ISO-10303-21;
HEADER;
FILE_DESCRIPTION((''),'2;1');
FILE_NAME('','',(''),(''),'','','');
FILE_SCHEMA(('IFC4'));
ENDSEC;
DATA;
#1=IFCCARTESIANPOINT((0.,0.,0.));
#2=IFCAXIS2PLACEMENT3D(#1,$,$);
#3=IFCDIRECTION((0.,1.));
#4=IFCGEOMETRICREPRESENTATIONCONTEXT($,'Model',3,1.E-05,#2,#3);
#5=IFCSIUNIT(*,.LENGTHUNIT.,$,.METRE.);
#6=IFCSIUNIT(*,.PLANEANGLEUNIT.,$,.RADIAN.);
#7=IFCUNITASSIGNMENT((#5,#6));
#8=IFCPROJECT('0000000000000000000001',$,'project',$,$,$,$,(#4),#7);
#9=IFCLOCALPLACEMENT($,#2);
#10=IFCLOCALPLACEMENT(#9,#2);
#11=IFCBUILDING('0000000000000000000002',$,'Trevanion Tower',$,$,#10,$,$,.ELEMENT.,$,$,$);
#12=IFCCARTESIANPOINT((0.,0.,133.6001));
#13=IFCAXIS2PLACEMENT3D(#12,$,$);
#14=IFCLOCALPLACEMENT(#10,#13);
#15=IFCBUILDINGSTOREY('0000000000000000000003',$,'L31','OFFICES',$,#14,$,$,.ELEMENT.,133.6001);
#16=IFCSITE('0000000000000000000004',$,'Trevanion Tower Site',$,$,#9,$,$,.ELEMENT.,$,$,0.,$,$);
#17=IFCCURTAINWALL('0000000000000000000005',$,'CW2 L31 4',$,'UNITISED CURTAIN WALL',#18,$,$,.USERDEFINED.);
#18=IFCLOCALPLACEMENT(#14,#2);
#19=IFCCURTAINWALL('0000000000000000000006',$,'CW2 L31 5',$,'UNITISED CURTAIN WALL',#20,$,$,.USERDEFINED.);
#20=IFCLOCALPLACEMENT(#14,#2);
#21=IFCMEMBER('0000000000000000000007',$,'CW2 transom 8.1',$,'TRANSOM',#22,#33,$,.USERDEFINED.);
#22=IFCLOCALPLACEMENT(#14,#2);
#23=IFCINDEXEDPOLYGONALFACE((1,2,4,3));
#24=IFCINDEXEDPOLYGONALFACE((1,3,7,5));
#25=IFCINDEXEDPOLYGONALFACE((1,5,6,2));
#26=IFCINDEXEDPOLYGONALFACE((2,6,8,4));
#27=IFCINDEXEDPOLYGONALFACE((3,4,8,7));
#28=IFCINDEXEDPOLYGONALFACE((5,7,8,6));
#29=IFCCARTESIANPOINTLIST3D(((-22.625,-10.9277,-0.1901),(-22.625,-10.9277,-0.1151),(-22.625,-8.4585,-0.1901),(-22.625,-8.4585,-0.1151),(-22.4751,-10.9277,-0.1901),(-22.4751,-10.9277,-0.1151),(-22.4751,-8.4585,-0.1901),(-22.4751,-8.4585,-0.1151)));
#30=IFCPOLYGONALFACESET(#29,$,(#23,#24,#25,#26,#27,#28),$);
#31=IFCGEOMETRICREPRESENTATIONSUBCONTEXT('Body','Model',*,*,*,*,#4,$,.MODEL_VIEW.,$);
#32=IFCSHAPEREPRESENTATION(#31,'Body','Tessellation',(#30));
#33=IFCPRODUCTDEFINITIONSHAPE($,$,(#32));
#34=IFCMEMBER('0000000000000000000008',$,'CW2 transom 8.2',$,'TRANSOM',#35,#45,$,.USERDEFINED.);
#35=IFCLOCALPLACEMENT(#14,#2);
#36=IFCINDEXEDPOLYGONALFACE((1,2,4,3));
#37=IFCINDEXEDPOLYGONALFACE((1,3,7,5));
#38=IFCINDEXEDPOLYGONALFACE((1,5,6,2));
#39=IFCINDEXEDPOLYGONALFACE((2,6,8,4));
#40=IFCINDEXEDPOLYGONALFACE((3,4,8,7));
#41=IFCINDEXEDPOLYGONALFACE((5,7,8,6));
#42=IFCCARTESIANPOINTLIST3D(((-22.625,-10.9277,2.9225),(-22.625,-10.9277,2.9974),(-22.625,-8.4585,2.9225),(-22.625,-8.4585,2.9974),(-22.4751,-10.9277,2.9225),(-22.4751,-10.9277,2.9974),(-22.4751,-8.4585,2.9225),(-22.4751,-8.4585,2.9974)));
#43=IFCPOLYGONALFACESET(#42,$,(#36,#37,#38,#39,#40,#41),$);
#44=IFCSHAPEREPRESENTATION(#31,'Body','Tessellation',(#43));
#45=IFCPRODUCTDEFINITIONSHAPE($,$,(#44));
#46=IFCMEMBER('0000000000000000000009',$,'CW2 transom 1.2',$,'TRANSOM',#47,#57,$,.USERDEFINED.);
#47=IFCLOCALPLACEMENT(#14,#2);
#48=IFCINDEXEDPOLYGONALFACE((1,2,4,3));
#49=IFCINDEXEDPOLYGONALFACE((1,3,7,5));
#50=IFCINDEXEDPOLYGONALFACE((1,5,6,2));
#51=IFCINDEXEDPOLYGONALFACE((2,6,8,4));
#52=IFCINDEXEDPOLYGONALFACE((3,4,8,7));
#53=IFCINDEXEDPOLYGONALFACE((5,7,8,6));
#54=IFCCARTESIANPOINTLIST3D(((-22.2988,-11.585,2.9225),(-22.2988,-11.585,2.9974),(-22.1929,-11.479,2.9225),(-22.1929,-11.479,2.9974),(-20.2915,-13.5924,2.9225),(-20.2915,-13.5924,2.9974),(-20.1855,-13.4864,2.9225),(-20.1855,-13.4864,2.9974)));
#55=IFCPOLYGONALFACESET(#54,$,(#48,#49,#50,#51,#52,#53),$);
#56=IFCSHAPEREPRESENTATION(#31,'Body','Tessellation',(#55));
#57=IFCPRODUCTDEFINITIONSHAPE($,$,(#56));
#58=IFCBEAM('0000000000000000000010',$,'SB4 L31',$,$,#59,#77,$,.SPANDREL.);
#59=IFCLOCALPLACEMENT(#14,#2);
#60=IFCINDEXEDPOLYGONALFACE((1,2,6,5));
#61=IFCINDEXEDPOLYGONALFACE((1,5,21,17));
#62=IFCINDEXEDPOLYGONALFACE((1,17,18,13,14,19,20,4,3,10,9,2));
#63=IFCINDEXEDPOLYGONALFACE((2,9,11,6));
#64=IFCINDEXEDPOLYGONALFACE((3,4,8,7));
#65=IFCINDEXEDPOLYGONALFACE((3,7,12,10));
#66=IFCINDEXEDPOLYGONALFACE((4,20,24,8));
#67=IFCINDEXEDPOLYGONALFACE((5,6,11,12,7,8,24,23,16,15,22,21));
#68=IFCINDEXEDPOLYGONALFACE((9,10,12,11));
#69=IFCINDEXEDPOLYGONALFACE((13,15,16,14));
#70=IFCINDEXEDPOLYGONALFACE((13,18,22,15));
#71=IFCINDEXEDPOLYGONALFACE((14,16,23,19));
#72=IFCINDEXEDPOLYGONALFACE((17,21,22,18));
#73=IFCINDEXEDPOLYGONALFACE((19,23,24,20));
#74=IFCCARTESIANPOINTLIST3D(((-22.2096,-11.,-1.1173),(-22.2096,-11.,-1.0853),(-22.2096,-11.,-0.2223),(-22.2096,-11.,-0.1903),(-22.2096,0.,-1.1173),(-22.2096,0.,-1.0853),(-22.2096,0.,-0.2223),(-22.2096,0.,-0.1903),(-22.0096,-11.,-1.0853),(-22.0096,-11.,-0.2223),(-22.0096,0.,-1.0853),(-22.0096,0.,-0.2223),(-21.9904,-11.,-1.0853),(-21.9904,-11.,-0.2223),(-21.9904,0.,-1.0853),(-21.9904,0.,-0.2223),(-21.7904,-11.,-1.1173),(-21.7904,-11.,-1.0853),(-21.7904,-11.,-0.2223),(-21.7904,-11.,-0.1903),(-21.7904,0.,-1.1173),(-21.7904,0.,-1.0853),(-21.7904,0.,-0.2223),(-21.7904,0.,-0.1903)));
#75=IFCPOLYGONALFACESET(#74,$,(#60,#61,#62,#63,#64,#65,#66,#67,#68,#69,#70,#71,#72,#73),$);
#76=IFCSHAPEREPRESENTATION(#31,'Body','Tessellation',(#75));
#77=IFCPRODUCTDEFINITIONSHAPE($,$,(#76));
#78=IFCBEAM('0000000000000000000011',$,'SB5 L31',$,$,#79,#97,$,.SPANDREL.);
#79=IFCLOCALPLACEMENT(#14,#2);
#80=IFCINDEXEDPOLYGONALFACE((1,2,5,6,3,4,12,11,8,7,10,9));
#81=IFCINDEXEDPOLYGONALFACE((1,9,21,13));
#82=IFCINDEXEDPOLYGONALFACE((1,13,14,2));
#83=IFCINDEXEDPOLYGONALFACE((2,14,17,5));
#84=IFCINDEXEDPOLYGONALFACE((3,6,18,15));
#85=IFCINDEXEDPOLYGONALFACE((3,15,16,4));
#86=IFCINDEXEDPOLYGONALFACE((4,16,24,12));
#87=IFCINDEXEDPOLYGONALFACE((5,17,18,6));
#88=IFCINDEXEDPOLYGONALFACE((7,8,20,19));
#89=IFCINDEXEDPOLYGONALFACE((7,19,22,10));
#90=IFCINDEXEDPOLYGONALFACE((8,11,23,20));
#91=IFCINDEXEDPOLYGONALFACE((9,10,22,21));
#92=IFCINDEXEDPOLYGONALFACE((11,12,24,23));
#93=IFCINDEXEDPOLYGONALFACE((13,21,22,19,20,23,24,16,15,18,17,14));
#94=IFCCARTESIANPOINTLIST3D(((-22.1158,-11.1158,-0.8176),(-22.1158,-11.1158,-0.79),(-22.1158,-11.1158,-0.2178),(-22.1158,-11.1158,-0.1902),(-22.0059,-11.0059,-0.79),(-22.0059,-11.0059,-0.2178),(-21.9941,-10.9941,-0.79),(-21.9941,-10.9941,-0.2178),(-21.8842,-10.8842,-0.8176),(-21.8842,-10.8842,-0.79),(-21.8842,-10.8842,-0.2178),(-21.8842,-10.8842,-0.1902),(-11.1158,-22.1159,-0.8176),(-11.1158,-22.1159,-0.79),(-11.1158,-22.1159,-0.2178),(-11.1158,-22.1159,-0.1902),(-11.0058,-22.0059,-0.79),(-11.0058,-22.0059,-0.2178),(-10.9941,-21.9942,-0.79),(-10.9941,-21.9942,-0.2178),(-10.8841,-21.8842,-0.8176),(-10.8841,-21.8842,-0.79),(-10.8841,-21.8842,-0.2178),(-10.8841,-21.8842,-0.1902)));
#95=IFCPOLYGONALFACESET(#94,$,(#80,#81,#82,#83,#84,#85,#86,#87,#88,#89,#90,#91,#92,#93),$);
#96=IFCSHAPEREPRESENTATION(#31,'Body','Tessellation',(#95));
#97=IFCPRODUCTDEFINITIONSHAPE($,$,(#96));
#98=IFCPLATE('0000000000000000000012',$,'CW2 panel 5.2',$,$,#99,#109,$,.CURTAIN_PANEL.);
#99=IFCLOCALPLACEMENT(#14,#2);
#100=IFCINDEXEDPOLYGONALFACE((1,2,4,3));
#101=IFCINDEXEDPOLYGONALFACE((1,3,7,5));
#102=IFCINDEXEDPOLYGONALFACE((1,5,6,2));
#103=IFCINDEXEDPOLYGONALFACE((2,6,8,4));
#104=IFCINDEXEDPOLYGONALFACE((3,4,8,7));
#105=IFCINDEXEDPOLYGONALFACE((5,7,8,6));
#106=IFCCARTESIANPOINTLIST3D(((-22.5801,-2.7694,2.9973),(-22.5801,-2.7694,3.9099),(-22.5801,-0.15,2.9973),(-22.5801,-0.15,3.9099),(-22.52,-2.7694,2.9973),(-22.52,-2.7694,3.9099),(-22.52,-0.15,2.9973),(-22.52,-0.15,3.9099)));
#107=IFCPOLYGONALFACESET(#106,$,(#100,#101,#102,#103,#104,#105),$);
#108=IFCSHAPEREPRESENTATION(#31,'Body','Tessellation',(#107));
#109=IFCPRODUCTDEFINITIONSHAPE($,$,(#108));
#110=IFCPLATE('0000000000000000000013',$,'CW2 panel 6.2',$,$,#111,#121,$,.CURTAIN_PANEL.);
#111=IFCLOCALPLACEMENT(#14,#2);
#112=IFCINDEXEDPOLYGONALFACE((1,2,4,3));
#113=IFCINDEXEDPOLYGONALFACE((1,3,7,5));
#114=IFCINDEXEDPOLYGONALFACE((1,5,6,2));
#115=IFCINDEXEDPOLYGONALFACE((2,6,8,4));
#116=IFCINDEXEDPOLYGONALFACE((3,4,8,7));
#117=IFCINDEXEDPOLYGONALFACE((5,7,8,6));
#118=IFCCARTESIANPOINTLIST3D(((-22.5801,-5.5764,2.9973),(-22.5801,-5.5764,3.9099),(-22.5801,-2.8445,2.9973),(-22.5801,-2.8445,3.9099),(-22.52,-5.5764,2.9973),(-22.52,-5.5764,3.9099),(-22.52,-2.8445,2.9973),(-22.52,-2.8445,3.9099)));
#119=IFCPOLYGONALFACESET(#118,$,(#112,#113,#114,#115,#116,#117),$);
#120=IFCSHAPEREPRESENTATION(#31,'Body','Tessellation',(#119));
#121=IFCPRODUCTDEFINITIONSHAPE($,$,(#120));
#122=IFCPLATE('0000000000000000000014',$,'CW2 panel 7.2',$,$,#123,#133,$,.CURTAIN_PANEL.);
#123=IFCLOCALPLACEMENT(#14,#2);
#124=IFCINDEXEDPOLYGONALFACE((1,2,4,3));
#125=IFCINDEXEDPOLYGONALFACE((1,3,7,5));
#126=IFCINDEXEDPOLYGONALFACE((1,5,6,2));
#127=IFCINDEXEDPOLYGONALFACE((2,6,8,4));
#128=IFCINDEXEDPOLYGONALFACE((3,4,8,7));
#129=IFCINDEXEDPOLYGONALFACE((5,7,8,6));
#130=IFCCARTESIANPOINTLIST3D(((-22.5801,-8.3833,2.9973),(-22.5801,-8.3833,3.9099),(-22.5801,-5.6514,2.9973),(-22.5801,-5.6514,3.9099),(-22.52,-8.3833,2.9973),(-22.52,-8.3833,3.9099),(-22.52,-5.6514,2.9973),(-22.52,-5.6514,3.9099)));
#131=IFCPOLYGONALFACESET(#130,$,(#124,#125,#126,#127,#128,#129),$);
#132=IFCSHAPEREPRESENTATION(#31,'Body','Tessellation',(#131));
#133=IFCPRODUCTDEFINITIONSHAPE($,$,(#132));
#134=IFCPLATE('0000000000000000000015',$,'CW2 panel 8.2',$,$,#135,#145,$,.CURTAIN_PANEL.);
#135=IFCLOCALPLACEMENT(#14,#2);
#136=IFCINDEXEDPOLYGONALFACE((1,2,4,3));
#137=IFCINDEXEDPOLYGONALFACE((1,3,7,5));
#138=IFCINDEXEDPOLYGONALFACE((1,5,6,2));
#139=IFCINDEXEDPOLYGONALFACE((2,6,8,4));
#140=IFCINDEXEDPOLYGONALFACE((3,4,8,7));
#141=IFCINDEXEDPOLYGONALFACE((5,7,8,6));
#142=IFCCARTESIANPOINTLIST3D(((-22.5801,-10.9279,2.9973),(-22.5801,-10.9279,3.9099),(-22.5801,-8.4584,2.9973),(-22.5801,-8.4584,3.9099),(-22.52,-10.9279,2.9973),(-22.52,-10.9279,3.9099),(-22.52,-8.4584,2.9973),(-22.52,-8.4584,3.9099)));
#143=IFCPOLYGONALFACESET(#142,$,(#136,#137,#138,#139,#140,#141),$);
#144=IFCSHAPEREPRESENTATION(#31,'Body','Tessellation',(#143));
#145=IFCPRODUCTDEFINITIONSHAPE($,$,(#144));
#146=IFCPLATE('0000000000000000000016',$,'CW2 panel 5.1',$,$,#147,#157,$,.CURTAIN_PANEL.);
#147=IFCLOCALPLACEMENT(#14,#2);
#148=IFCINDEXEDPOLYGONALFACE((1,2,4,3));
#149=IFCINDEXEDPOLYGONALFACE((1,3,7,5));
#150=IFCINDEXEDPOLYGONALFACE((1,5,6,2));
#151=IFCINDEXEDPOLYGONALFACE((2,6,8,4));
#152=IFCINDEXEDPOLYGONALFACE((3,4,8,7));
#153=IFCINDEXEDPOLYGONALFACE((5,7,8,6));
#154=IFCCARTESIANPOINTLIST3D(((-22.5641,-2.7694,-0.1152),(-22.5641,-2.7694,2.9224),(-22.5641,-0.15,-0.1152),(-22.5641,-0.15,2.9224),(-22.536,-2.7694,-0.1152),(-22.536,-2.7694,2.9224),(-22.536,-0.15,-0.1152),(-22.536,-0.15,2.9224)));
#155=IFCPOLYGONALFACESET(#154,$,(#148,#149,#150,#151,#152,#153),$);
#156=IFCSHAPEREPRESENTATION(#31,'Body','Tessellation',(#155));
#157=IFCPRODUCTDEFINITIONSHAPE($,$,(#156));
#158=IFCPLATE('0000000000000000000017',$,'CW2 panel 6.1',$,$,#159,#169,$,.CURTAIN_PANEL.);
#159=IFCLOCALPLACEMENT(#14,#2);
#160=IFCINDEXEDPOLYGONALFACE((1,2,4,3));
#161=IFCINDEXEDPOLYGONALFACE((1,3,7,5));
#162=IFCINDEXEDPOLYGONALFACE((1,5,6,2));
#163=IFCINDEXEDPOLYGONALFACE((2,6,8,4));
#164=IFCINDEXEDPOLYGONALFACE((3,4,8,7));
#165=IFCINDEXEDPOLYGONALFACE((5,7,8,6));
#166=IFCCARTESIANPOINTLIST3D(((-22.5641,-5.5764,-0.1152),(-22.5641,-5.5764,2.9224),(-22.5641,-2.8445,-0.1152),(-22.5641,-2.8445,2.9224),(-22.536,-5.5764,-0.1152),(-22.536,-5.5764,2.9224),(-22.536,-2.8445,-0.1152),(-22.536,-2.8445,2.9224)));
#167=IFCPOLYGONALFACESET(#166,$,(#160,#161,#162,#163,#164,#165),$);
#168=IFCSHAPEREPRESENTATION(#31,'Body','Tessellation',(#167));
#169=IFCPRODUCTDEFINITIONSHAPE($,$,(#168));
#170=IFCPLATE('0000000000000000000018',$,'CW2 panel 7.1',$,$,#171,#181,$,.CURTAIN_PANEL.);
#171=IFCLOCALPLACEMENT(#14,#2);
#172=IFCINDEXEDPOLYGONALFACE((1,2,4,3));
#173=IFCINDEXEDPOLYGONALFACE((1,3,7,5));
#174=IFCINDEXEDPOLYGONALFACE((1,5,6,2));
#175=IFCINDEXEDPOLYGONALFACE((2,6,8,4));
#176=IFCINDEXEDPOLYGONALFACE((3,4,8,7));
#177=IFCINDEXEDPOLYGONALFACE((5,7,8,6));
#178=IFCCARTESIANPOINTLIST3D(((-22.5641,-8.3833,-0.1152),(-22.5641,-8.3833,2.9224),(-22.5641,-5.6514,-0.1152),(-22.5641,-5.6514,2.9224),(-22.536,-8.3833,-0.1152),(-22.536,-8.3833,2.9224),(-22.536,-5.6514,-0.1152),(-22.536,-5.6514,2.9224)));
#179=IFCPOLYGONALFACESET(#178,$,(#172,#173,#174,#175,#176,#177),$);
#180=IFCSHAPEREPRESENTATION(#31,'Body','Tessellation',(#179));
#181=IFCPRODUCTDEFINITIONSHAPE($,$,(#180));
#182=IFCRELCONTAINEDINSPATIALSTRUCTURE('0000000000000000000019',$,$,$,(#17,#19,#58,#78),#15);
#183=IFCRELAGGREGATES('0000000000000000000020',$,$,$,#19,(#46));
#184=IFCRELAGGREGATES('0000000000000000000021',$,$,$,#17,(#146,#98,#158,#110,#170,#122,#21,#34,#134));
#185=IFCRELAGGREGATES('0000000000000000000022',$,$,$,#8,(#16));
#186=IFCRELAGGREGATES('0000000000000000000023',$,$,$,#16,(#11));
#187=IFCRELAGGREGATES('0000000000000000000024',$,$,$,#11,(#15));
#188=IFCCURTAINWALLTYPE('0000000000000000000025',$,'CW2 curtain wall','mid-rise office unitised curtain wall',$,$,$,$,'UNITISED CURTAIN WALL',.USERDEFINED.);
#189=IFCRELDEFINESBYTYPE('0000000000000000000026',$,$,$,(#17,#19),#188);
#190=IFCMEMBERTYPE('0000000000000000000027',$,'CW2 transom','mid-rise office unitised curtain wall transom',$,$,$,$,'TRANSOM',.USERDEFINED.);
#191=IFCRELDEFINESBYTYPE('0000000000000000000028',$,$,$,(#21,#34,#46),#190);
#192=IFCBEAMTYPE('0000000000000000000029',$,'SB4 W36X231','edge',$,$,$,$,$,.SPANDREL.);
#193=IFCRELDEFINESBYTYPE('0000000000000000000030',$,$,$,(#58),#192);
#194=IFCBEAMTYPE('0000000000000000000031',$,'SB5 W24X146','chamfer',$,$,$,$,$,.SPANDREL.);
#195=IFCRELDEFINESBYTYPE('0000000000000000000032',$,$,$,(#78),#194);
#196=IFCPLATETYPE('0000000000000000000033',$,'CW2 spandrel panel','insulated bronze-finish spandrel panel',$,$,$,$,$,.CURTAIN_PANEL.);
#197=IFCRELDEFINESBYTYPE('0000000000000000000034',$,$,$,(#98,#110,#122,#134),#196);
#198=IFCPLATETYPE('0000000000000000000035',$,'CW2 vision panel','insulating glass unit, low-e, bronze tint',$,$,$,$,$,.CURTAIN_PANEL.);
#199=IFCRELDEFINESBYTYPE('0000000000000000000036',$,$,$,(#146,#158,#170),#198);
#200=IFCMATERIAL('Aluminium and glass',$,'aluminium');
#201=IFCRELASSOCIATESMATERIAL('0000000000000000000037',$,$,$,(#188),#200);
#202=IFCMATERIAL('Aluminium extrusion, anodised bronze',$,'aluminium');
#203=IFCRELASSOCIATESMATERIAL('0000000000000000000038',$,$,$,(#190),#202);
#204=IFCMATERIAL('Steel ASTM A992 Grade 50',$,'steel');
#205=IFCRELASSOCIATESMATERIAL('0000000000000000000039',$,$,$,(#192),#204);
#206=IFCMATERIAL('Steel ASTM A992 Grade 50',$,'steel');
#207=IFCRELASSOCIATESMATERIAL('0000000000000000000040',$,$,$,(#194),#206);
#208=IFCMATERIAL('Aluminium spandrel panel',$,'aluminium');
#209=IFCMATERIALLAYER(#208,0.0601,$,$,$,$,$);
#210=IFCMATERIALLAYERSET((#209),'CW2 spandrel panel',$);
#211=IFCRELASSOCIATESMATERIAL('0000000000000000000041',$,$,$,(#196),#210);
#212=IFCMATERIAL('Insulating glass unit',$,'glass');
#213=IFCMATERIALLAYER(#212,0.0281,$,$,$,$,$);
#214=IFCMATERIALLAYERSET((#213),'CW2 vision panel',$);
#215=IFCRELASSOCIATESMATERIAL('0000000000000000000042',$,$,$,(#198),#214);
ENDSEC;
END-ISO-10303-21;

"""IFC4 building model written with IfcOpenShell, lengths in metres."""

from ifc_helpers import new_model, si_unit, direction, frame, origin, origin_2d, place, context, subcontext, project, spatial, rectangle, i_section, extrude, material, layer, layer_set, material_profile, profile_set, type_object, element, aggregate, save


model = new_model("IFC4")

# Units and contexts
model_context = context("Model", 3, precision=1e-05, world=origin(), true_north=direction((0.0, 1.0)))
body_context = subcontext(model_context, "Body", "Model", "MODEL_VIEW")
ifc_project = project(units=[si_unit("LENGTHUNIT", "METRE"), si_unit("PLANEANGLEUNIT", "RADIAN")], contexts=[model_context])

# Site, building, storey
site_placement = place(None, origin())
site = spatial("IfcSite", under=ifc_project, at=site_placement, Name="Trevanion Tower Site", CompositionType="ELEMENT", RefElevation=0.0)
building_placement = place(site_placement, origin())
building = spatial("IfcBuilding", under=site, at=building_placement, Name="Trevanion Tower", CompositionType="ELEMENT")
storey_placement = place(building_placement, frame((0.0, 0.0, 133.6001)))
storey = spatial("IfcBuildingStorey", under=building, at=storey_placement, Name="L31", Description="OFFICES", CompositionType="ELEMENT", Elevation=133.6001)

# Curtain wall
ifc_material_1 = material(Name="Aluminium and glass", Category="aluminium")
curtain_wall_type = type_object("IfcCurtainWallType", Name="CW2 curtain wall", Description="mid-rise office unitised curtain wall", ElementType="UNITISED CURTAIN WALL", PredefinedType="USERDEFINED", material=ifc_material_1)
curtain_wall_1_placement = place(storey_placement, origin())
curtain_wall_1 = element("IfcCurtainWall", 1, at=curtain_wall_1_placement, inside=storey, type_object=curtain_wall_type, Name="CW2 L31 4", ObjectType="UNITISED CURTAIN WALL", PredefinedType="USERDEFINED")

# Curtain wall
curtain_wall_2_placement = place(storey_placement, origin())
curtain_wall_2 = element("IfcCurtainWall", 2, at=curtain_wall_2_placement, inside=storey, type_object=curtain_wall_type, Name="CW2 L31 5", ObjectType="UNITISED CURTAIN WALL", PredefinedType="USERDEFINED")

# Members
ifc_material_2 = material(Name="Aluminium extrusion, anodised bronze", Category="aluminium")
ifc_material_profile_1 = material_profile(ifc_material_2, rectangle(XDim=0.1499, YDim=0.075, at=origin_2d()), Name="CW2 transom")
ifc_profile_set_1 = profile_set([ifc_material_profile_1], Name="Aluminium extrusion, anodised bronze")
member_type_1 = type_object("IfcMemberType", Name="CW2 transom", Description="mid-rise office unitised curtain wall transom", ElementType="TRANSOM", PredefinedType="USERDEFINED", material=ifc_profile_set_1)
member_1_placement = place(storey_placement, frame((-22.55, -8.4585, -0.1526), z_axis=(0.0, -1.0, 0.0), x_axis=(1.0, 0.0, 0.0)))
member_1 = element("IfcMember", 3, at=member_1_placement, type_object=member_type_1, Name="CW2 transom 8.1", ObjectType="TRANSOM", PredefinedType="USERDEFINED", context=body_context, shape_type="SweptSolid", body=[
    extrude(rectangle(XDim=0.1499, YDim=0.075, at=origin_2d()), origin(), (0.0, 0.0, 1.0), 2.4692),
])
member_2_placement = place(storey_placement, frame((-22.55, -8.4585, 2.96), z_axis=(0.0, -1.0, 0.0), x_axis=(1.0, 0.0, 0.0)))
member_2 = element("IfcMember", 4, at=member_2_placement, type_object=member_type_1, Name="CW2 transom 8.2", ObjectType="TRANSOM", PredefinedType="USERDEFINED", context=body_context, shape_type="SweptSolid", body=[
    extrude(rectangle(XDim=0.1499, YDim=0.075, at=origin_2d()), origin(), (0.0, 0.0, 1.0), 2.4692),
])
member_3_placement = place(storey_placement, frame((-22.2458, -11.532, 2.96), z_axis=(0.707107, -0.707107, 0.0), x_axis=(0.707107, 0.707107, 0.0)))
member_3 = element("IfcMember", 5, at=member_3_placement, type_object=member_type_1, Name="CW2 transom 1.2", ObjectType="TRANSOM", PredefinedType="USERDEFINED", context=body_context, shape_type="SweptSolid", body=[
    extrude(rectangle(XDim=0.1499, YDim=0.075, at=origin_2d()), origin(), (0.0, 0.0, 1.0), 2.8389),
])
aggregate(curtain_wall_2, [member_3])

# Beams
ifc_material_3 = material(Name="Steel ASTM A992 Grade 50", Category="steel")
ifc_material_profile_2 = material_profile(ifc_material_3, i_section(OverallWidth=0.4192, OverallDepth=0.927, WebThickness=0.0193, FlangeThickness=0.032, at=origin_2d()), Name="W36X231")
ifc_profile_set_2 = profile_set([ifc_material_profile_2], Name="Steel ASTM A992 Grade 50")
beam_type_1 = type_object("IfcBeamType", Name="SB4 W36X231", Description="edge", PredefinedType="SPANDREL", material=ifc_profile_set_2)
beam_1_placement = place(storey_placement, frame((-22.0, 0.0, -0.6538), z_axis=(0.0, -1.0, 0.0), x_axis=(1.0, 0.0, 0.0)))
element("IfcBeam", 6, at=beam_1_placement, inside=storey, type_object=beam_type_1, Name="SB4 L31", PredefinedType="SPANDREL", context=body_context, shape_type="SweptSolid", body=[
    extrude(i_section(OverallWidth=0.4192, OverallDepth=0.927, WebThickness=0.0193, FlangeThickness=0.032, at=origin_2d()), origin(), (0.0, 0.0, 1.0), 11.0),
])
ifc_material_4 = material(Name="Steel ASTM A992 Grade 50", Category="steel")
ifc_material_profile_3 = material_profile(ifc_material_4, i_section(OverallWidth=0.3276, OverallDepth=0.6274, WebThickness=0.0166, FlangeThickness=0.0276, at=origin_2d()), Name="W24X146")
ifc_profile_set_3 = profile_set([ifc_material_profile_3], Name="Steel ASTM A992 Grade 50")
beam_type_2 = type_object("IfcBeamType", Name="SB5 W24X146", Description="chamfer", PredefinedType="SPANDREL", material=ifc_profile_set_3)
beam_2_placement = place(storey_placement, frame((-22.0, -11.0, -0.5039), z_axis=(0.707107, -0.707107, 0.0), x_axis=(0.707107, 0.707107, 0.0)))
element("IfcBeam", 7, at=beam_2_placement, inside=storey, type_object=beam_type_2, Name="SB5 L31", PredefinedType="SPANDREL", context=body_context, shape_type="SweptSolid", body=[
    extrude(i_section(OverallWidth=0.3276, OverallDepth=0.6274, WebThickness=0.0166, FlangeThickness=0.0276, at=origin_2d()), origin(), (0.0, 0.0, 1.0), 15.5564),
])

# Plates
ifc_material_5 = material(Name="Aluminium spandrel panel", Category="aluminium")
ifc_layer_1 = layer(ifc_material_5, 0.0601)
ifc_layer_set_1 = layer_set([ifc_layer_1], Name="CW2 spandrel panel")
plate_type_1 = type_object("IfcPlateType", Name="CW2 spandrel panel", Description="insulated bronze-finish spandrel panel", PredefinedType="CURTAIN_PANEL", material=ifc_layer_set_1)
plate_1_placement = place(storey_placement, frame((-22.55, -1.4597, 2.9973), z_axis=(0.0, 0.0, 1.0), x_axis=(0.0, -1.0, 0.0)))
plate_1 = element("IfcPlate", 8, at=plate_1_placement, type_object=plate_type_1, Name="CW2 panel 5.2", PredefinedType="CURTAIN_PANEL", context=body_context, shape_type="SweptSolid", body=[
    extrude(rectangle(XDim=2.6194, YDim=0.0601, at=origin_2d()), origin(), (0.0, 0.0, 1.0), 0.9126),
])
plate_2_placement = place(storey_placement, frame((-22.55, -4.2104, 2.9973), z_axis=(0.0, 0.0, 1.0), x_axis=(0.0, -1.0, 0.0)))
plate_2 = element("IfcPlate", 9, at=plate_2_placement, type_object=plate_type_1, Name="CW2 panel 6.2", PredefinedType="CURTAIN_PANEL", context=body_context, shape_type="SweptSolid", body=[
    extrude(rectangle(XDim=2.7319, YDim=0.0601, at=origin_2d()), origin(), (0.0, 0.0, 1.0), 0.9126),
])
plate_3_placement = place(storey_placement, frame((-22.55, -7.0173, 2.9973), z_axis=(0.0, 0.0, 1.0), x_axis=(0.0, -1.0, 0.0)))
plate_3 = element("IfcPlate", 10, at=plate_3_placement, type_object=plate_type_1, Name="CW2 panel 7.2", PredefinedType="CURTAIN_PANEL", context=body_context, shape_type="SweptSolid", body=[
    extrude(rectangle(XDim=2.7319, YDim=0.0601, at=origin_2d()), origin(), (0.0, 0.0, 1.0), 0.9126),
])
plate_4_placement = place(storey_placement, frame((-22.55, -9.6931, 2.9973), z_axis=(0.0, 0.0, 1.0), x_axis=(0.0, -1.0, 0.0)))
plate_4 = element("IfcPlate", 11, at=plate_4_placement, type_object=plate_type_1, Name="CW2 panel 8.2", PredefinedType="CURTAIN_PANEL", context=body_context, shape_type="SweptSolid", body=[
    extrude(rectangle(XDim=2.4695, YDim=0.0601, at=origin_2d()), origin(), (0.0, 0.0, 1.0), 0.9126),
])
ifc_material_6 = material(Name="Insulating glass unit", Category="glass")
ifc_layer_2 = layer(ifc_material_6, 0.0281)
ifc_layer_set_2 = layer_set([ifc_layer_2], Name="CW2 vision panel")
plate_type_2 = type_object("IfcPlateType", Name="CW2 vision panel", Description="insulating glass unit, low-e, bronze tint", PredefinedType="CURTAIN_PANEL", material=ifc_layer_set_2)
plate_5_placement = place(storey_placement, frame((-22.55, -1.4597, -0.1152), z_axis=(0.0, 0.0, 1.0), x_axis=(0.0, -1.0, 0.0)))
plate_5 = element("IfcPlate", 12, at=plate_5_placement, type_object=plate_type_2, Name="CW2 panel 5.1", PredefinedType="CURTAIN_PANEL", context=body_context, shape_type="SweptSolid", body=[
    extrude(rectangle(XDim=2.6194, YDim=0.0281, at=origin_2d()), origin(), (0.0, 0.0, 1.0), 3.0376),
])
plate_6_placement = place(storey_placement, frame((-22.55, -4.2104, -0.1152), z_axis=(0.0, 0.0, 1.0), x_axis=(0.0, -1.0, 0.0)))
plate_6 = element("IfcPlate", 13, at=plate_6_placement, type_object=plate_type_2, Name="CW2 panel 6.1", PredefinedType="CURTAIN_PANEL", context=body_context, shape_type="SweptSolid", body=[
    extrude(rectangle(XDim=2.7319, YDim=0.0281, at=origin_2d()), origin(), (0.0, 0.0, 1.0), 3.0376),
])
plate_7_placement = place(storey_placement, frame((-22.55, -7.0173, -0.1152), z_axis=(0.0, 0.0, 1.0), x_axis=(0.0, -1.0, 0.0)))
plate_7 = element("IfcPlate", 14, at=plate_7_placement, type_object=plate_type_2, Name="CW2 panel 7.1", PredefinedType="CURTAIN_PANEL", context=body_context, shape_type="SweptSolid", body=[
    extrude(rectangle(XDim=2.7319, YDim=0.0281, at=origin_2d()), origin(), (0.0, 0.0, 1.0), 3.0376),
])
aggregate(curtain_wall_1, [plate_5, plate_1, plate_6, plate_2, plate_7, plate_3, member_1, member_2, plate_4])

save(model, "model.ifc")
